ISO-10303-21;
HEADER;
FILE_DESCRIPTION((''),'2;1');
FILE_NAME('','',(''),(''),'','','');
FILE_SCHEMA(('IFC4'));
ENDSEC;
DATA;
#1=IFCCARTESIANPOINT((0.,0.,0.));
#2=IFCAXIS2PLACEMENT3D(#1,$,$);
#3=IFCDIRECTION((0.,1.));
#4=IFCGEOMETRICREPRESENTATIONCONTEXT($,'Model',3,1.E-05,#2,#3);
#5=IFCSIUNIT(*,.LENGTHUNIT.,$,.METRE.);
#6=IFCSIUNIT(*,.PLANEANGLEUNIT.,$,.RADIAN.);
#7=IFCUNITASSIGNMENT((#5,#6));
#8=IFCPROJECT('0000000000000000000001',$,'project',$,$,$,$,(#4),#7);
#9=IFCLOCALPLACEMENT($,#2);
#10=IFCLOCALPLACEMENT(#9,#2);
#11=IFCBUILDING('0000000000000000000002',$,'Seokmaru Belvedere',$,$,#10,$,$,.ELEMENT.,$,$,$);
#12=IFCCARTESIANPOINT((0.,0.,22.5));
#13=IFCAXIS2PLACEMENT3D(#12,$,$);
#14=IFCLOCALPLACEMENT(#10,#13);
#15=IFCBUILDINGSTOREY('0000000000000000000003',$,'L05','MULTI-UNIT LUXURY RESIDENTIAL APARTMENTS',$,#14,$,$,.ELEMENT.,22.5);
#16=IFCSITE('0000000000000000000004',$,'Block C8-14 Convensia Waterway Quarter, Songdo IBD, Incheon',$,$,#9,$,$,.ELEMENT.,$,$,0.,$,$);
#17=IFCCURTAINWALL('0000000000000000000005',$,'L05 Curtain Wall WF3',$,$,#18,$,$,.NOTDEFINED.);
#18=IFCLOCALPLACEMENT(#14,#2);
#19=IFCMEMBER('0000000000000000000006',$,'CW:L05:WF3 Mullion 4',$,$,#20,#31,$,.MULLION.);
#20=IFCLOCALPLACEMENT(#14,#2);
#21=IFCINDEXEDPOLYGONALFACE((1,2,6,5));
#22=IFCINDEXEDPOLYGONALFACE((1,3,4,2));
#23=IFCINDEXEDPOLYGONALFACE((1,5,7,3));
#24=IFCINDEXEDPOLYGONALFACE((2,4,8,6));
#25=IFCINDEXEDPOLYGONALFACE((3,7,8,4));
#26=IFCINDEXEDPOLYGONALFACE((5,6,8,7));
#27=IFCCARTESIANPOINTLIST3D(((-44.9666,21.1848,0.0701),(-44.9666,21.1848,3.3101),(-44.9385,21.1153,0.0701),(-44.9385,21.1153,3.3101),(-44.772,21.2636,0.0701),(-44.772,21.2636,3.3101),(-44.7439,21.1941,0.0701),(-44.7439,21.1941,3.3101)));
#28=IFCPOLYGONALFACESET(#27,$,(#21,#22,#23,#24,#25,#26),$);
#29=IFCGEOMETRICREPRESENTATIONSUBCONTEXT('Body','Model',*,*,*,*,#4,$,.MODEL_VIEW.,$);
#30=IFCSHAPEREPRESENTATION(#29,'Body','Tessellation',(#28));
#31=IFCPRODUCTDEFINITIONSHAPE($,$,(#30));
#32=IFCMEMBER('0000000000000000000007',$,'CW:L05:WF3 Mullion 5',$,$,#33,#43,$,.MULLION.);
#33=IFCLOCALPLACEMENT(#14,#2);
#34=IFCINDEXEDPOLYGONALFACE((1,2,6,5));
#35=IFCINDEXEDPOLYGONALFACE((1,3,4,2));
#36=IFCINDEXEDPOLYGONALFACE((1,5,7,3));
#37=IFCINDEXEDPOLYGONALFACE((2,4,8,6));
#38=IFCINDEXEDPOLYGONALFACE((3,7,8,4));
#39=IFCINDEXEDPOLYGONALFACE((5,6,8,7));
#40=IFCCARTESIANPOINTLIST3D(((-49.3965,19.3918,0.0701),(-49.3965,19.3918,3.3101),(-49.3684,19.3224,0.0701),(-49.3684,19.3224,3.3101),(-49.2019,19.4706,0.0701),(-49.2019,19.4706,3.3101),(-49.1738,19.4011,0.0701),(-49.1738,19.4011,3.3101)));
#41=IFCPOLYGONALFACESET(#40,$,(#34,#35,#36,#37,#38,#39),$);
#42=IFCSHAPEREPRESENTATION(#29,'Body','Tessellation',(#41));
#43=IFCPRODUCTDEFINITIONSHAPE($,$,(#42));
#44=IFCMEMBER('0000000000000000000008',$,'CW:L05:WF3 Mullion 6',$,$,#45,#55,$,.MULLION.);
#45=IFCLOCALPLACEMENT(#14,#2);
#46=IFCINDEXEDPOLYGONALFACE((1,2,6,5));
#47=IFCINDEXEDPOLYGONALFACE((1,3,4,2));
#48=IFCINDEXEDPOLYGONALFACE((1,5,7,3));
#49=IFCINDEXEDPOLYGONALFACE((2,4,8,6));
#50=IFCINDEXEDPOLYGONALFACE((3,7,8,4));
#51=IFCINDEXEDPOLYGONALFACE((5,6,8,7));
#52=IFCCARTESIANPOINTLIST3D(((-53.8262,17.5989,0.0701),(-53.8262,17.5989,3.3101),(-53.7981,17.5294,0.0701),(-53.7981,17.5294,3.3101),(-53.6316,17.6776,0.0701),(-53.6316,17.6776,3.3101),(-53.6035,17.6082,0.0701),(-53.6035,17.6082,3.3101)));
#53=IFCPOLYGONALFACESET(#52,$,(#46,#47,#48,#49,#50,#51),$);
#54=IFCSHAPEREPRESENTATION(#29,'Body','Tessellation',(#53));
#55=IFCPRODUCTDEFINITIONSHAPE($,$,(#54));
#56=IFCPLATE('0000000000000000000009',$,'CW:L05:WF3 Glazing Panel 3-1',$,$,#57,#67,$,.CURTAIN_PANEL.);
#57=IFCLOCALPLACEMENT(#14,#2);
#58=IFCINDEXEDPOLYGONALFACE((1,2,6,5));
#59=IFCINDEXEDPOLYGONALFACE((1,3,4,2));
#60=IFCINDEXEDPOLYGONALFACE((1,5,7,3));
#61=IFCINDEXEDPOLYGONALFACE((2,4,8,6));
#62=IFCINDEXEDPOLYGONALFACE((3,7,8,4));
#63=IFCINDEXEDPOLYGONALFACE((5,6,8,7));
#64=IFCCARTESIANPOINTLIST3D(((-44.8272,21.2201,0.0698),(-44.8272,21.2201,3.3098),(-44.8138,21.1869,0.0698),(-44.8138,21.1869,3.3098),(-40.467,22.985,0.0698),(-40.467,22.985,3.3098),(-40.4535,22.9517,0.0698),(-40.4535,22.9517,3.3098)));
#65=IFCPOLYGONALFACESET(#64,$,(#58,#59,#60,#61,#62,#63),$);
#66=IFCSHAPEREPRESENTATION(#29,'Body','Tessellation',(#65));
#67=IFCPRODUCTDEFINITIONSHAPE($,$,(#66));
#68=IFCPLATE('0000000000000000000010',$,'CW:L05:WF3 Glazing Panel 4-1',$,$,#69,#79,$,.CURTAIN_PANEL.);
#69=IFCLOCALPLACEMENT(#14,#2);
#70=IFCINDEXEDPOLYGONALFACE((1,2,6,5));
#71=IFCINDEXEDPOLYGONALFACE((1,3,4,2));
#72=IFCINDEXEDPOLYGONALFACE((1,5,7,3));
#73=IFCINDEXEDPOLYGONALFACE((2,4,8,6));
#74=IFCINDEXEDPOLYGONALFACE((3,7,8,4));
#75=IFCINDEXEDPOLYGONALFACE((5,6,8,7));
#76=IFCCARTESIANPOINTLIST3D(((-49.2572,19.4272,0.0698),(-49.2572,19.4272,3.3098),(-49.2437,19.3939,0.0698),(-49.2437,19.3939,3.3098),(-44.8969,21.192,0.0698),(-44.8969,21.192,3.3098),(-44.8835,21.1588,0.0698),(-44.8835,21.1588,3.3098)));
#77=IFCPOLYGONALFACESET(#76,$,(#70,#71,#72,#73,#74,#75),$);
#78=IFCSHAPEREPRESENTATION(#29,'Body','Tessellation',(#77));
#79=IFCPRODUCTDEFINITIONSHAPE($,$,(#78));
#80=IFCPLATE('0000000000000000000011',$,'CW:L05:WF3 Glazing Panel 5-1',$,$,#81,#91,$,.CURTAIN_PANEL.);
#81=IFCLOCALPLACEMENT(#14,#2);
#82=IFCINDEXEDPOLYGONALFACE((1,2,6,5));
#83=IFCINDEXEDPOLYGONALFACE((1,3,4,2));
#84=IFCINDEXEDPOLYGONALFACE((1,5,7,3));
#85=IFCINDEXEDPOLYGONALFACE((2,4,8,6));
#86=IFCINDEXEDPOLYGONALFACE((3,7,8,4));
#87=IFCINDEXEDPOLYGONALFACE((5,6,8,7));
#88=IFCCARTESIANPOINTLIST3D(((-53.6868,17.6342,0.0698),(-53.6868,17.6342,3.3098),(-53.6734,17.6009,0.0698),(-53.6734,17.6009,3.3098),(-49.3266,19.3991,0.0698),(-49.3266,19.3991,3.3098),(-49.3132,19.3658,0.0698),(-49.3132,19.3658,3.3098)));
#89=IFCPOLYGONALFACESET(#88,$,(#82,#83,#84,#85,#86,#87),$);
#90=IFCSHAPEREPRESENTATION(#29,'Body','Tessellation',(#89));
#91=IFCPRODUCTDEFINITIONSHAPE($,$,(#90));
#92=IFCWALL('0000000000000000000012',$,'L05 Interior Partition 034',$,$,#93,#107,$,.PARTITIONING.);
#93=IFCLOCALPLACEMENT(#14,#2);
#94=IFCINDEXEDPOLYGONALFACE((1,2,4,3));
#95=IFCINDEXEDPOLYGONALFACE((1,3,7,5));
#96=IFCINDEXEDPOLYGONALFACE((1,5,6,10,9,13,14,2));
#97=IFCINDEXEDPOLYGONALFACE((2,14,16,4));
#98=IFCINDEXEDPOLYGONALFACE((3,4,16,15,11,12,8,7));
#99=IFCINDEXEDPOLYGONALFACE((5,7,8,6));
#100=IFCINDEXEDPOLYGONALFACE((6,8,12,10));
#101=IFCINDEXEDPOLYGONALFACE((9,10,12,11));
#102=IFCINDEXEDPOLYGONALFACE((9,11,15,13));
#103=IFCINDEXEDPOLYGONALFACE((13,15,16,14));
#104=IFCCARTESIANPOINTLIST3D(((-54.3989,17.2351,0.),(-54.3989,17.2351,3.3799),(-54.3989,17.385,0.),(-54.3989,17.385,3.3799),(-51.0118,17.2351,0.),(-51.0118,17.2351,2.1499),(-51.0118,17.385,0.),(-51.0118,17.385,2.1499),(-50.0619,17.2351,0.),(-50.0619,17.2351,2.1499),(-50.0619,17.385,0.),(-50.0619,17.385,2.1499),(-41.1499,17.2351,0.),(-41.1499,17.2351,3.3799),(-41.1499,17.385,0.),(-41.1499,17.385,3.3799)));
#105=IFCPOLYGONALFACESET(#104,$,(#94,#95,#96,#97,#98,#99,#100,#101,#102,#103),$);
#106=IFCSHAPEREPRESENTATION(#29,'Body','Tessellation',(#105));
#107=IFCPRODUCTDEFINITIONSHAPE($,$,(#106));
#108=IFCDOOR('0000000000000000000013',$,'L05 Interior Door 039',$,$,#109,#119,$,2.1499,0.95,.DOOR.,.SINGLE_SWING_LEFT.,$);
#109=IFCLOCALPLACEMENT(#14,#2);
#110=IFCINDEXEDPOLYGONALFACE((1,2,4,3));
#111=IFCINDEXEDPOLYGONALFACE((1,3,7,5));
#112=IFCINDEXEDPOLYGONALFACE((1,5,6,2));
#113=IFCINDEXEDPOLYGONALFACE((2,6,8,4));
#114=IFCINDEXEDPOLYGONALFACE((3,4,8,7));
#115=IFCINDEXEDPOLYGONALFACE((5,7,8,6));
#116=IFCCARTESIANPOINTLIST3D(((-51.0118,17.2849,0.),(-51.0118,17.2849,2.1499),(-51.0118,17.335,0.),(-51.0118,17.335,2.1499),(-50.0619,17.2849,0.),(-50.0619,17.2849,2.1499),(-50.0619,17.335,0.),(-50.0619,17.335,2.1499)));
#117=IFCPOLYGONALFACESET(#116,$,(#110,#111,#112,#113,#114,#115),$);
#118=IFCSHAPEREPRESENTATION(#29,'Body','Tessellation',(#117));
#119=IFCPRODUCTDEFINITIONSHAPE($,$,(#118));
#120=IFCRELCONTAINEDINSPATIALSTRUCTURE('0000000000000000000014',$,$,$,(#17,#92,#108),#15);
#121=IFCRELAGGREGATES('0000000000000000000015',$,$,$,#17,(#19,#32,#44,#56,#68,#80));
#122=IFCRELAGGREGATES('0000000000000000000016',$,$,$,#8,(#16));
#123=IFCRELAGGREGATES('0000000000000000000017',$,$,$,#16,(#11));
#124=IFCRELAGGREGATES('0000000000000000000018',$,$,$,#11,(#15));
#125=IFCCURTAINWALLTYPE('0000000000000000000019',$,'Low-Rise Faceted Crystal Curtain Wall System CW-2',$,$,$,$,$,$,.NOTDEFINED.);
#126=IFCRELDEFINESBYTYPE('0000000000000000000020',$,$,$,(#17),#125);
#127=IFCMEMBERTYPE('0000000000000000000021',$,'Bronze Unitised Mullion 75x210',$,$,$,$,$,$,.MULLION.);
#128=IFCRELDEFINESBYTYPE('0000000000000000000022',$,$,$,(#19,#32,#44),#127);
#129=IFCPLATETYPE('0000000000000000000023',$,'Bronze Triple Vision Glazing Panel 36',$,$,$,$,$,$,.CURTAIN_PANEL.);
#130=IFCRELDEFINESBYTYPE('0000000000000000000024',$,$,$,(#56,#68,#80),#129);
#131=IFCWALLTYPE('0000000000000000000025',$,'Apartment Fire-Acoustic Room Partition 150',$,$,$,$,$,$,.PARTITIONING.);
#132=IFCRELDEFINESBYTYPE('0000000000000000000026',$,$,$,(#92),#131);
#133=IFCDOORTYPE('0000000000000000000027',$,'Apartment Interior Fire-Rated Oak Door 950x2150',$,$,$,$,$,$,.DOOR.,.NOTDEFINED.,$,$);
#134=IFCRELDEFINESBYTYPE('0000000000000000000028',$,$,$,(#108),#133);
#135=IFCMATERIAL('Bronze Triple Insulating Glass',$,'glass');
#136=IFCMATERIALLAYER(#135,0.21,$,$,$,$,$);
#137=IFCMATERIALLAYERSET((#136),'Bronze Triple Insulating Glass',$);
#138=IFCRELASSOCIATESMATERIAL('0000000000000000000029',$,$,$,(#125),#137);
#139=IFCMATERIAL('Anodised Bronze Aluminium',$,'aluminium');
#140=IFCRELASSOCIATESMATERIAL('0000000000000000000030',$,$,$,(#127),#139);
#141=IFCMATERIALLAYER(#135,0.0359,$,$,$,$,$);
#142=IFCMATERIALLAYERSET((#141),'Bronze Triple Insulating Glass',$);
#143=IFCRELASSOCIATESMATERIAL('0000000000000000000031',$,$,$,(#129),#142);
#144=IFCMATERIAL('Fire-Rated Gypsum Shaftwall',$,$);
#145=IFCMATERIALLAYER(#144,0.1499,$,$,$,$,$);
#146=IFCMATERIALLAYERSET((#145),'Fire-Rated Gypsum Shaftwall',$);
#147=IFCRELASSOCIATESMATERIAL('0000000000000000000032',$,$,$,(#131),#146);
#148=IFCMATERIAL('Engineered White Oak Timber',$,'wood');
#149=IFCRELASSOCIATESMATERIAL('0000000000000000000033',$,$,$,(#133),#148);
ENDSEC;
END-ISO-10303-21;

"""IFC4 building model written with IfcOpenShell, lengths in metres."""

from ifc_helpers import new_model, si_unit, direction, frame, frame_2d, origin, origin_2d, place, context, subcontext, project, spatial, rectangle, extrude, source, transform, mapped, material, layer, layer_set, material_profile, profile_set, type_object, type_shapes, element, fill, aggregate, save


model = new_model("IFC4")

# Units and contexts
model_context = context("Model", 3, precision=1e-05, world=origin(), true_north=direction((0.0, 1.0)))
body_context = subcontext(model_context, "Body", "Model", "MODEL_VIEW")
ifc_project = project(units=[si_unit("LENGTHUNIT", "METRE"), si_unit("PLANEANGLEUNIT", "RADIAN")], contexts=[model_context])

# Site, building, storey
site_placement = place(None, origin())
site = spatial("IfcSite", under=ifc_project, at=site_placement, Name="Block C8-14 Convensia Waterway Quarter, Songdo IBD, Incheon", CompositionType="ELEMENT", RefElevation=0.0)
building_placement = place(site_placement, origin())
building = spatial("IfcBuilding", under=site, at=building_placement, Name="Seokmaru Belvedere", CompositionType="ELEMENT")
storey_placement = place(building_placement, frame((0.0, 0.0, 22.5)))
storey = spatial("IfcBuildingStorey", under=building, at=storey_placement, Name="L05", Description="MULTI-UNIT LUXURY RESIDENTIAL APARTMENTS", CompositionType="ELEMENT", Elevation=22.5)

# Curtain wall, members, plates
ifc_material_1 = material(Name="Bronze Triple Insulating Glass", Category="glass")
ifc_layer_1 = layer(ifc_material_1, 0.21)
ifc_layer_set_1 = layer_set([ifc_layer_1], Name="Bronze Triple Insulating Glass")
curtain_wall_type = type_object("IfcCurtainWallType", Name="Low-Rise Faceted Crystal Curtain Wall System CW-2", PredefinedType="NOTDEFINED", material=ifc_layer_set_1)
curtain_wall_placement = place(storey_placement, origin())
curtain_wall = element("IfcCurtainWall", 1, at=curtain_wall_placement, inside=storey, type_object=curtain_wall_type, Name="L05 Curtain Wall WF3", PredefinedType="NOTDEFINED")
ifc_material_2 = material(Name="Anodised Bronze Aluminium", Category="aluminium")
ifc_material_profile_1 = material_profile(ifc_material_2, rectangle(XDim=0.075, YDim=0.21, at=origin_2d()), Name="CW-M-75x210")
ifc_profile_set_1 = profile_set([ifc_material_profile_1], Name="Anodised Bronze Aluminium")
member_type = type_object("IfcMemberType", Name="Bronze Unitised Mullion 75x210", PredefinedType="MULLION", material=ifc_profile_set_1)
shared_shape_1 = source(origin(), body_context, "Body", "SweptSolid", [
    extrude(rectangle(XDim=0.075, YDim=0.21, at=origin_2d()), origin(), (0.0, 0.0, 1.0), 3.24),
])
type_shapes(member_type, [shared_shape_1])
member_1_placement = place(storey_placement, frame((-44.8552, 21.1895, 0.0701), z_axis=(0.0, 0.0, 1.0), x_axis=(0.375192, -0.926947, 0.0)))
member_1 = element("IfcMember", 2, at=member_1_placement, type_object=member_type, Name="CW:L05:WF3 Mullion 4", PredefinedType="MULLION", context=body_context, shape_type="MappedRepresentation", body=[
    mapped(shared_shape_1, transform((0.0, 0.0, 0.0), scale=1.0)),
])
member_2_placement = place(storey_placement, frame((-49.2852, 19.3965, 0.0701), z_axis=(0.0, 0.0, 1.0), x_axis=(0.375192, -0.926947, 0.0)))
member_2 = element("IfcMember", 3, at=member_2_placement, type_object=member_type, Name="CW:L05:WF3 Mullion 5", PredefinedType="MULLION", context=body_context, shape_type="MappedRepresentation", body=[
    mapped(shared_shape_1, transform((0.0, 0.0, 0.0), scale=1.0)),
])
member_3_placement = place(storey_placement, frame((-53.7148, 17.6035, 0.0701), z_axis=(0.0, 0.0, 1.0), x_axis=(0.375192, -0.926947, 0.0)))
member_3 = element("IfcMember", 4, at=member_3_placement, type_object=member_type, Name="CW:L05:WF3 Mullion 6", PredefinedType="MULLION", context=body_context, shape_type="MappedRepresentation", body=[
    mapped(shared_shape_1, transform((0.0, 0.0, 0.0), scale=1.0)),
])
ifc_layer_2 = layer(ifc_material_1, 0.0359)
ifc_layer_set_2 = layer_set([ifc_layer_2], Name="Bronze Triple Insulating Glass")
plate_type = type_object("IfcPlateType", Name="Bronze Triple Vision Glazing Panel 36", PredefinedType="CURTAIN_PANEL", material=ifc_layer_set_2)
shared_shape_2 = source(origin(), body_context, "Body", "SweptSolid", [
    extrude(rectangle(XDim=4.7039, YDim=0.0359, at=origin_2d()), origin(), (0.0, 0.0, 1.0), 3.24),
])
type_shapes(plate_type, [shared_shape_2])
plate_1_placement = place(storey_placement, frame((-42.6404, 22.0859, 0.0698), z_axis=(0.0, 0.0, 1.0), x_axis=(-0.926947, -0.375192, 0.0)))
plate_1 = element("IfcPlate", 5, at=plate_1_placement, type_object=plate_type, Name="CW:L05:WF3 Glazing Panel 3-1", PredefinedType="CURTAIN_PANEL", context=body_context, shape_type="MappedRepresentation", body=[
    mapped(shared_shape_2, transform((0.0, 0.0, 0.0), scale=1.0)),
])
plate_2_placement = place(storey_placement, frame((-47.0703, 20.293, 0.0698), z_axis=(0.0, 0.0, 1.0), x_axis=(-0.926947, -0.375192, 0.0)))
plate_2 = element("IfcPlate", 6, at=plate_2_placement, type_object=plate_type, Name="CW:L05:WF3 Glazing Panel 4-1", PredefinedType="CURTAIN_PANEL", context=body_context, shape_type="MappedRepresentation", body=[
    mapped(shared_shape_2, transform((0.0, 0.0, 0.0), scale=1.0)),
])
plate_3_placement = place(storey_placement, frame((-51.5, 18.5, 0.0698), z_axis=(0.0, 0.0, 1.0), x_axis=(-0.926947, -0.375192, 0.0)))
plate_3 = element("IfcPlate", 7, at=plate_3_placement, type_object=plate_type, Name="CW:L05:WF3 Glazing Panel 5-1", PredefinedType="CURTAIN_PANEL", context=body_context, shape_type="MappedRepresentation", body=[
    mapped(shared_shape_2, transform((0.0, 0.0, 0.0), scale=1.0)),
])
aggregate(curtain_wall, [member_1, member_2, member_3, plate_1, plate_2, plate_3])

# Wall, opening, door
ifc_material_3 = material(Name="Fire-Rated Gypsum Shaftwall")
ifc_layer_3 = layer(ifc_material_3, 0.1499)
ifc_layer_set_3 = layer_set([ifc_layer_3], Name="Fire-Rated Gypsum Shaftwall")
wall_type = type_object("IfcWallType", Name="Apartment Fire-Acoustic Room Partition 150", PredefinedType="PARTITIONING", material=ifc_layer_set_3)
wall_placement = place(storey_placement, frame((-54.3989, 17.3101, 0.0), z_axis=(0.0, 0.0, 1.0), x_axis=(1.0, 0.0, 0.0)))
wall = element("IfcWall", 8, at=wall_placement, inside=storey, type_object=wall_type, Name="L05 Interior Partition 034", PredefinedType="PARTITIONING", context=body_context, shape_type="SweptSolid", body=[
    extrude(rectangle(XDim=13.249, YDim=0.1499, at=frame_2d((6.6245, 0.0))), origin(), (0.0, 0.0, 1.0), 3.3799),
])
opening_placement = place(wall_placement, frame((3.387, 0.0, 0.0)))
opening = element("IfcOpeningElement", 9, at=opening_placement, cuts=wall, PredefinedType="OPENING", context=body_context, shape_type="SweptSolid", body=[
    extrude(rectangle(XDim=0.95, YDim=2.1499, at=frame_2d((0.4751, 1.075))), frame((0.0, 0.085, 0.0), z_axis=(0.0, -1.0, 0.0), x_axis=(1.0, 0.0, 0.0)), (0.0, 0.0, 1.0), 0.1699),
])
ifc_material_4 = material(Name="Engineered White Oak Timber", Category="wood")
door_type = type_object("IfcDoorType", Name="Apartment Interior Fire-Rated Oak Door 950x2150", OperationType="NOTDEFINED", PredefinedType="DOOR", material=ifc_material_4)
shared_shape_3 = source(origin(), body_context, "Body", "SweptSolid", [
    extrude(rectangle(XDim=0.95, YDim=2.1499, at=frame_2d((0.4751, 1.075))), frame((0.0, 0.0249, 0.0), z_axis=(0.0, -1.0, 0.0), x_axis=(1.0, 0.0, 0.0)), (0.0, 0.0, 1.0), 0.05),
])
type_shapes(door_type, [shared_shape_3])
door_placement = place(opening_placement, origin())
door = element("IfcDoor", 10, at=door_placement, inside=storey, type_object=door_type, Name="L05 Interior Door 039", OperationType="SINGLE_SWING_LEFT", OverallHeight=2.1499, OverallWidth=0.95, PredefinedType="DOOR", context=body_context, shape_type="MappedRepresentation", body=[
    mapped(shared_shape_3, transform((0.0, 0.0, 0.0), scale=1.0)),
])
fill(opening, door)

save(model, "model.ifc")
